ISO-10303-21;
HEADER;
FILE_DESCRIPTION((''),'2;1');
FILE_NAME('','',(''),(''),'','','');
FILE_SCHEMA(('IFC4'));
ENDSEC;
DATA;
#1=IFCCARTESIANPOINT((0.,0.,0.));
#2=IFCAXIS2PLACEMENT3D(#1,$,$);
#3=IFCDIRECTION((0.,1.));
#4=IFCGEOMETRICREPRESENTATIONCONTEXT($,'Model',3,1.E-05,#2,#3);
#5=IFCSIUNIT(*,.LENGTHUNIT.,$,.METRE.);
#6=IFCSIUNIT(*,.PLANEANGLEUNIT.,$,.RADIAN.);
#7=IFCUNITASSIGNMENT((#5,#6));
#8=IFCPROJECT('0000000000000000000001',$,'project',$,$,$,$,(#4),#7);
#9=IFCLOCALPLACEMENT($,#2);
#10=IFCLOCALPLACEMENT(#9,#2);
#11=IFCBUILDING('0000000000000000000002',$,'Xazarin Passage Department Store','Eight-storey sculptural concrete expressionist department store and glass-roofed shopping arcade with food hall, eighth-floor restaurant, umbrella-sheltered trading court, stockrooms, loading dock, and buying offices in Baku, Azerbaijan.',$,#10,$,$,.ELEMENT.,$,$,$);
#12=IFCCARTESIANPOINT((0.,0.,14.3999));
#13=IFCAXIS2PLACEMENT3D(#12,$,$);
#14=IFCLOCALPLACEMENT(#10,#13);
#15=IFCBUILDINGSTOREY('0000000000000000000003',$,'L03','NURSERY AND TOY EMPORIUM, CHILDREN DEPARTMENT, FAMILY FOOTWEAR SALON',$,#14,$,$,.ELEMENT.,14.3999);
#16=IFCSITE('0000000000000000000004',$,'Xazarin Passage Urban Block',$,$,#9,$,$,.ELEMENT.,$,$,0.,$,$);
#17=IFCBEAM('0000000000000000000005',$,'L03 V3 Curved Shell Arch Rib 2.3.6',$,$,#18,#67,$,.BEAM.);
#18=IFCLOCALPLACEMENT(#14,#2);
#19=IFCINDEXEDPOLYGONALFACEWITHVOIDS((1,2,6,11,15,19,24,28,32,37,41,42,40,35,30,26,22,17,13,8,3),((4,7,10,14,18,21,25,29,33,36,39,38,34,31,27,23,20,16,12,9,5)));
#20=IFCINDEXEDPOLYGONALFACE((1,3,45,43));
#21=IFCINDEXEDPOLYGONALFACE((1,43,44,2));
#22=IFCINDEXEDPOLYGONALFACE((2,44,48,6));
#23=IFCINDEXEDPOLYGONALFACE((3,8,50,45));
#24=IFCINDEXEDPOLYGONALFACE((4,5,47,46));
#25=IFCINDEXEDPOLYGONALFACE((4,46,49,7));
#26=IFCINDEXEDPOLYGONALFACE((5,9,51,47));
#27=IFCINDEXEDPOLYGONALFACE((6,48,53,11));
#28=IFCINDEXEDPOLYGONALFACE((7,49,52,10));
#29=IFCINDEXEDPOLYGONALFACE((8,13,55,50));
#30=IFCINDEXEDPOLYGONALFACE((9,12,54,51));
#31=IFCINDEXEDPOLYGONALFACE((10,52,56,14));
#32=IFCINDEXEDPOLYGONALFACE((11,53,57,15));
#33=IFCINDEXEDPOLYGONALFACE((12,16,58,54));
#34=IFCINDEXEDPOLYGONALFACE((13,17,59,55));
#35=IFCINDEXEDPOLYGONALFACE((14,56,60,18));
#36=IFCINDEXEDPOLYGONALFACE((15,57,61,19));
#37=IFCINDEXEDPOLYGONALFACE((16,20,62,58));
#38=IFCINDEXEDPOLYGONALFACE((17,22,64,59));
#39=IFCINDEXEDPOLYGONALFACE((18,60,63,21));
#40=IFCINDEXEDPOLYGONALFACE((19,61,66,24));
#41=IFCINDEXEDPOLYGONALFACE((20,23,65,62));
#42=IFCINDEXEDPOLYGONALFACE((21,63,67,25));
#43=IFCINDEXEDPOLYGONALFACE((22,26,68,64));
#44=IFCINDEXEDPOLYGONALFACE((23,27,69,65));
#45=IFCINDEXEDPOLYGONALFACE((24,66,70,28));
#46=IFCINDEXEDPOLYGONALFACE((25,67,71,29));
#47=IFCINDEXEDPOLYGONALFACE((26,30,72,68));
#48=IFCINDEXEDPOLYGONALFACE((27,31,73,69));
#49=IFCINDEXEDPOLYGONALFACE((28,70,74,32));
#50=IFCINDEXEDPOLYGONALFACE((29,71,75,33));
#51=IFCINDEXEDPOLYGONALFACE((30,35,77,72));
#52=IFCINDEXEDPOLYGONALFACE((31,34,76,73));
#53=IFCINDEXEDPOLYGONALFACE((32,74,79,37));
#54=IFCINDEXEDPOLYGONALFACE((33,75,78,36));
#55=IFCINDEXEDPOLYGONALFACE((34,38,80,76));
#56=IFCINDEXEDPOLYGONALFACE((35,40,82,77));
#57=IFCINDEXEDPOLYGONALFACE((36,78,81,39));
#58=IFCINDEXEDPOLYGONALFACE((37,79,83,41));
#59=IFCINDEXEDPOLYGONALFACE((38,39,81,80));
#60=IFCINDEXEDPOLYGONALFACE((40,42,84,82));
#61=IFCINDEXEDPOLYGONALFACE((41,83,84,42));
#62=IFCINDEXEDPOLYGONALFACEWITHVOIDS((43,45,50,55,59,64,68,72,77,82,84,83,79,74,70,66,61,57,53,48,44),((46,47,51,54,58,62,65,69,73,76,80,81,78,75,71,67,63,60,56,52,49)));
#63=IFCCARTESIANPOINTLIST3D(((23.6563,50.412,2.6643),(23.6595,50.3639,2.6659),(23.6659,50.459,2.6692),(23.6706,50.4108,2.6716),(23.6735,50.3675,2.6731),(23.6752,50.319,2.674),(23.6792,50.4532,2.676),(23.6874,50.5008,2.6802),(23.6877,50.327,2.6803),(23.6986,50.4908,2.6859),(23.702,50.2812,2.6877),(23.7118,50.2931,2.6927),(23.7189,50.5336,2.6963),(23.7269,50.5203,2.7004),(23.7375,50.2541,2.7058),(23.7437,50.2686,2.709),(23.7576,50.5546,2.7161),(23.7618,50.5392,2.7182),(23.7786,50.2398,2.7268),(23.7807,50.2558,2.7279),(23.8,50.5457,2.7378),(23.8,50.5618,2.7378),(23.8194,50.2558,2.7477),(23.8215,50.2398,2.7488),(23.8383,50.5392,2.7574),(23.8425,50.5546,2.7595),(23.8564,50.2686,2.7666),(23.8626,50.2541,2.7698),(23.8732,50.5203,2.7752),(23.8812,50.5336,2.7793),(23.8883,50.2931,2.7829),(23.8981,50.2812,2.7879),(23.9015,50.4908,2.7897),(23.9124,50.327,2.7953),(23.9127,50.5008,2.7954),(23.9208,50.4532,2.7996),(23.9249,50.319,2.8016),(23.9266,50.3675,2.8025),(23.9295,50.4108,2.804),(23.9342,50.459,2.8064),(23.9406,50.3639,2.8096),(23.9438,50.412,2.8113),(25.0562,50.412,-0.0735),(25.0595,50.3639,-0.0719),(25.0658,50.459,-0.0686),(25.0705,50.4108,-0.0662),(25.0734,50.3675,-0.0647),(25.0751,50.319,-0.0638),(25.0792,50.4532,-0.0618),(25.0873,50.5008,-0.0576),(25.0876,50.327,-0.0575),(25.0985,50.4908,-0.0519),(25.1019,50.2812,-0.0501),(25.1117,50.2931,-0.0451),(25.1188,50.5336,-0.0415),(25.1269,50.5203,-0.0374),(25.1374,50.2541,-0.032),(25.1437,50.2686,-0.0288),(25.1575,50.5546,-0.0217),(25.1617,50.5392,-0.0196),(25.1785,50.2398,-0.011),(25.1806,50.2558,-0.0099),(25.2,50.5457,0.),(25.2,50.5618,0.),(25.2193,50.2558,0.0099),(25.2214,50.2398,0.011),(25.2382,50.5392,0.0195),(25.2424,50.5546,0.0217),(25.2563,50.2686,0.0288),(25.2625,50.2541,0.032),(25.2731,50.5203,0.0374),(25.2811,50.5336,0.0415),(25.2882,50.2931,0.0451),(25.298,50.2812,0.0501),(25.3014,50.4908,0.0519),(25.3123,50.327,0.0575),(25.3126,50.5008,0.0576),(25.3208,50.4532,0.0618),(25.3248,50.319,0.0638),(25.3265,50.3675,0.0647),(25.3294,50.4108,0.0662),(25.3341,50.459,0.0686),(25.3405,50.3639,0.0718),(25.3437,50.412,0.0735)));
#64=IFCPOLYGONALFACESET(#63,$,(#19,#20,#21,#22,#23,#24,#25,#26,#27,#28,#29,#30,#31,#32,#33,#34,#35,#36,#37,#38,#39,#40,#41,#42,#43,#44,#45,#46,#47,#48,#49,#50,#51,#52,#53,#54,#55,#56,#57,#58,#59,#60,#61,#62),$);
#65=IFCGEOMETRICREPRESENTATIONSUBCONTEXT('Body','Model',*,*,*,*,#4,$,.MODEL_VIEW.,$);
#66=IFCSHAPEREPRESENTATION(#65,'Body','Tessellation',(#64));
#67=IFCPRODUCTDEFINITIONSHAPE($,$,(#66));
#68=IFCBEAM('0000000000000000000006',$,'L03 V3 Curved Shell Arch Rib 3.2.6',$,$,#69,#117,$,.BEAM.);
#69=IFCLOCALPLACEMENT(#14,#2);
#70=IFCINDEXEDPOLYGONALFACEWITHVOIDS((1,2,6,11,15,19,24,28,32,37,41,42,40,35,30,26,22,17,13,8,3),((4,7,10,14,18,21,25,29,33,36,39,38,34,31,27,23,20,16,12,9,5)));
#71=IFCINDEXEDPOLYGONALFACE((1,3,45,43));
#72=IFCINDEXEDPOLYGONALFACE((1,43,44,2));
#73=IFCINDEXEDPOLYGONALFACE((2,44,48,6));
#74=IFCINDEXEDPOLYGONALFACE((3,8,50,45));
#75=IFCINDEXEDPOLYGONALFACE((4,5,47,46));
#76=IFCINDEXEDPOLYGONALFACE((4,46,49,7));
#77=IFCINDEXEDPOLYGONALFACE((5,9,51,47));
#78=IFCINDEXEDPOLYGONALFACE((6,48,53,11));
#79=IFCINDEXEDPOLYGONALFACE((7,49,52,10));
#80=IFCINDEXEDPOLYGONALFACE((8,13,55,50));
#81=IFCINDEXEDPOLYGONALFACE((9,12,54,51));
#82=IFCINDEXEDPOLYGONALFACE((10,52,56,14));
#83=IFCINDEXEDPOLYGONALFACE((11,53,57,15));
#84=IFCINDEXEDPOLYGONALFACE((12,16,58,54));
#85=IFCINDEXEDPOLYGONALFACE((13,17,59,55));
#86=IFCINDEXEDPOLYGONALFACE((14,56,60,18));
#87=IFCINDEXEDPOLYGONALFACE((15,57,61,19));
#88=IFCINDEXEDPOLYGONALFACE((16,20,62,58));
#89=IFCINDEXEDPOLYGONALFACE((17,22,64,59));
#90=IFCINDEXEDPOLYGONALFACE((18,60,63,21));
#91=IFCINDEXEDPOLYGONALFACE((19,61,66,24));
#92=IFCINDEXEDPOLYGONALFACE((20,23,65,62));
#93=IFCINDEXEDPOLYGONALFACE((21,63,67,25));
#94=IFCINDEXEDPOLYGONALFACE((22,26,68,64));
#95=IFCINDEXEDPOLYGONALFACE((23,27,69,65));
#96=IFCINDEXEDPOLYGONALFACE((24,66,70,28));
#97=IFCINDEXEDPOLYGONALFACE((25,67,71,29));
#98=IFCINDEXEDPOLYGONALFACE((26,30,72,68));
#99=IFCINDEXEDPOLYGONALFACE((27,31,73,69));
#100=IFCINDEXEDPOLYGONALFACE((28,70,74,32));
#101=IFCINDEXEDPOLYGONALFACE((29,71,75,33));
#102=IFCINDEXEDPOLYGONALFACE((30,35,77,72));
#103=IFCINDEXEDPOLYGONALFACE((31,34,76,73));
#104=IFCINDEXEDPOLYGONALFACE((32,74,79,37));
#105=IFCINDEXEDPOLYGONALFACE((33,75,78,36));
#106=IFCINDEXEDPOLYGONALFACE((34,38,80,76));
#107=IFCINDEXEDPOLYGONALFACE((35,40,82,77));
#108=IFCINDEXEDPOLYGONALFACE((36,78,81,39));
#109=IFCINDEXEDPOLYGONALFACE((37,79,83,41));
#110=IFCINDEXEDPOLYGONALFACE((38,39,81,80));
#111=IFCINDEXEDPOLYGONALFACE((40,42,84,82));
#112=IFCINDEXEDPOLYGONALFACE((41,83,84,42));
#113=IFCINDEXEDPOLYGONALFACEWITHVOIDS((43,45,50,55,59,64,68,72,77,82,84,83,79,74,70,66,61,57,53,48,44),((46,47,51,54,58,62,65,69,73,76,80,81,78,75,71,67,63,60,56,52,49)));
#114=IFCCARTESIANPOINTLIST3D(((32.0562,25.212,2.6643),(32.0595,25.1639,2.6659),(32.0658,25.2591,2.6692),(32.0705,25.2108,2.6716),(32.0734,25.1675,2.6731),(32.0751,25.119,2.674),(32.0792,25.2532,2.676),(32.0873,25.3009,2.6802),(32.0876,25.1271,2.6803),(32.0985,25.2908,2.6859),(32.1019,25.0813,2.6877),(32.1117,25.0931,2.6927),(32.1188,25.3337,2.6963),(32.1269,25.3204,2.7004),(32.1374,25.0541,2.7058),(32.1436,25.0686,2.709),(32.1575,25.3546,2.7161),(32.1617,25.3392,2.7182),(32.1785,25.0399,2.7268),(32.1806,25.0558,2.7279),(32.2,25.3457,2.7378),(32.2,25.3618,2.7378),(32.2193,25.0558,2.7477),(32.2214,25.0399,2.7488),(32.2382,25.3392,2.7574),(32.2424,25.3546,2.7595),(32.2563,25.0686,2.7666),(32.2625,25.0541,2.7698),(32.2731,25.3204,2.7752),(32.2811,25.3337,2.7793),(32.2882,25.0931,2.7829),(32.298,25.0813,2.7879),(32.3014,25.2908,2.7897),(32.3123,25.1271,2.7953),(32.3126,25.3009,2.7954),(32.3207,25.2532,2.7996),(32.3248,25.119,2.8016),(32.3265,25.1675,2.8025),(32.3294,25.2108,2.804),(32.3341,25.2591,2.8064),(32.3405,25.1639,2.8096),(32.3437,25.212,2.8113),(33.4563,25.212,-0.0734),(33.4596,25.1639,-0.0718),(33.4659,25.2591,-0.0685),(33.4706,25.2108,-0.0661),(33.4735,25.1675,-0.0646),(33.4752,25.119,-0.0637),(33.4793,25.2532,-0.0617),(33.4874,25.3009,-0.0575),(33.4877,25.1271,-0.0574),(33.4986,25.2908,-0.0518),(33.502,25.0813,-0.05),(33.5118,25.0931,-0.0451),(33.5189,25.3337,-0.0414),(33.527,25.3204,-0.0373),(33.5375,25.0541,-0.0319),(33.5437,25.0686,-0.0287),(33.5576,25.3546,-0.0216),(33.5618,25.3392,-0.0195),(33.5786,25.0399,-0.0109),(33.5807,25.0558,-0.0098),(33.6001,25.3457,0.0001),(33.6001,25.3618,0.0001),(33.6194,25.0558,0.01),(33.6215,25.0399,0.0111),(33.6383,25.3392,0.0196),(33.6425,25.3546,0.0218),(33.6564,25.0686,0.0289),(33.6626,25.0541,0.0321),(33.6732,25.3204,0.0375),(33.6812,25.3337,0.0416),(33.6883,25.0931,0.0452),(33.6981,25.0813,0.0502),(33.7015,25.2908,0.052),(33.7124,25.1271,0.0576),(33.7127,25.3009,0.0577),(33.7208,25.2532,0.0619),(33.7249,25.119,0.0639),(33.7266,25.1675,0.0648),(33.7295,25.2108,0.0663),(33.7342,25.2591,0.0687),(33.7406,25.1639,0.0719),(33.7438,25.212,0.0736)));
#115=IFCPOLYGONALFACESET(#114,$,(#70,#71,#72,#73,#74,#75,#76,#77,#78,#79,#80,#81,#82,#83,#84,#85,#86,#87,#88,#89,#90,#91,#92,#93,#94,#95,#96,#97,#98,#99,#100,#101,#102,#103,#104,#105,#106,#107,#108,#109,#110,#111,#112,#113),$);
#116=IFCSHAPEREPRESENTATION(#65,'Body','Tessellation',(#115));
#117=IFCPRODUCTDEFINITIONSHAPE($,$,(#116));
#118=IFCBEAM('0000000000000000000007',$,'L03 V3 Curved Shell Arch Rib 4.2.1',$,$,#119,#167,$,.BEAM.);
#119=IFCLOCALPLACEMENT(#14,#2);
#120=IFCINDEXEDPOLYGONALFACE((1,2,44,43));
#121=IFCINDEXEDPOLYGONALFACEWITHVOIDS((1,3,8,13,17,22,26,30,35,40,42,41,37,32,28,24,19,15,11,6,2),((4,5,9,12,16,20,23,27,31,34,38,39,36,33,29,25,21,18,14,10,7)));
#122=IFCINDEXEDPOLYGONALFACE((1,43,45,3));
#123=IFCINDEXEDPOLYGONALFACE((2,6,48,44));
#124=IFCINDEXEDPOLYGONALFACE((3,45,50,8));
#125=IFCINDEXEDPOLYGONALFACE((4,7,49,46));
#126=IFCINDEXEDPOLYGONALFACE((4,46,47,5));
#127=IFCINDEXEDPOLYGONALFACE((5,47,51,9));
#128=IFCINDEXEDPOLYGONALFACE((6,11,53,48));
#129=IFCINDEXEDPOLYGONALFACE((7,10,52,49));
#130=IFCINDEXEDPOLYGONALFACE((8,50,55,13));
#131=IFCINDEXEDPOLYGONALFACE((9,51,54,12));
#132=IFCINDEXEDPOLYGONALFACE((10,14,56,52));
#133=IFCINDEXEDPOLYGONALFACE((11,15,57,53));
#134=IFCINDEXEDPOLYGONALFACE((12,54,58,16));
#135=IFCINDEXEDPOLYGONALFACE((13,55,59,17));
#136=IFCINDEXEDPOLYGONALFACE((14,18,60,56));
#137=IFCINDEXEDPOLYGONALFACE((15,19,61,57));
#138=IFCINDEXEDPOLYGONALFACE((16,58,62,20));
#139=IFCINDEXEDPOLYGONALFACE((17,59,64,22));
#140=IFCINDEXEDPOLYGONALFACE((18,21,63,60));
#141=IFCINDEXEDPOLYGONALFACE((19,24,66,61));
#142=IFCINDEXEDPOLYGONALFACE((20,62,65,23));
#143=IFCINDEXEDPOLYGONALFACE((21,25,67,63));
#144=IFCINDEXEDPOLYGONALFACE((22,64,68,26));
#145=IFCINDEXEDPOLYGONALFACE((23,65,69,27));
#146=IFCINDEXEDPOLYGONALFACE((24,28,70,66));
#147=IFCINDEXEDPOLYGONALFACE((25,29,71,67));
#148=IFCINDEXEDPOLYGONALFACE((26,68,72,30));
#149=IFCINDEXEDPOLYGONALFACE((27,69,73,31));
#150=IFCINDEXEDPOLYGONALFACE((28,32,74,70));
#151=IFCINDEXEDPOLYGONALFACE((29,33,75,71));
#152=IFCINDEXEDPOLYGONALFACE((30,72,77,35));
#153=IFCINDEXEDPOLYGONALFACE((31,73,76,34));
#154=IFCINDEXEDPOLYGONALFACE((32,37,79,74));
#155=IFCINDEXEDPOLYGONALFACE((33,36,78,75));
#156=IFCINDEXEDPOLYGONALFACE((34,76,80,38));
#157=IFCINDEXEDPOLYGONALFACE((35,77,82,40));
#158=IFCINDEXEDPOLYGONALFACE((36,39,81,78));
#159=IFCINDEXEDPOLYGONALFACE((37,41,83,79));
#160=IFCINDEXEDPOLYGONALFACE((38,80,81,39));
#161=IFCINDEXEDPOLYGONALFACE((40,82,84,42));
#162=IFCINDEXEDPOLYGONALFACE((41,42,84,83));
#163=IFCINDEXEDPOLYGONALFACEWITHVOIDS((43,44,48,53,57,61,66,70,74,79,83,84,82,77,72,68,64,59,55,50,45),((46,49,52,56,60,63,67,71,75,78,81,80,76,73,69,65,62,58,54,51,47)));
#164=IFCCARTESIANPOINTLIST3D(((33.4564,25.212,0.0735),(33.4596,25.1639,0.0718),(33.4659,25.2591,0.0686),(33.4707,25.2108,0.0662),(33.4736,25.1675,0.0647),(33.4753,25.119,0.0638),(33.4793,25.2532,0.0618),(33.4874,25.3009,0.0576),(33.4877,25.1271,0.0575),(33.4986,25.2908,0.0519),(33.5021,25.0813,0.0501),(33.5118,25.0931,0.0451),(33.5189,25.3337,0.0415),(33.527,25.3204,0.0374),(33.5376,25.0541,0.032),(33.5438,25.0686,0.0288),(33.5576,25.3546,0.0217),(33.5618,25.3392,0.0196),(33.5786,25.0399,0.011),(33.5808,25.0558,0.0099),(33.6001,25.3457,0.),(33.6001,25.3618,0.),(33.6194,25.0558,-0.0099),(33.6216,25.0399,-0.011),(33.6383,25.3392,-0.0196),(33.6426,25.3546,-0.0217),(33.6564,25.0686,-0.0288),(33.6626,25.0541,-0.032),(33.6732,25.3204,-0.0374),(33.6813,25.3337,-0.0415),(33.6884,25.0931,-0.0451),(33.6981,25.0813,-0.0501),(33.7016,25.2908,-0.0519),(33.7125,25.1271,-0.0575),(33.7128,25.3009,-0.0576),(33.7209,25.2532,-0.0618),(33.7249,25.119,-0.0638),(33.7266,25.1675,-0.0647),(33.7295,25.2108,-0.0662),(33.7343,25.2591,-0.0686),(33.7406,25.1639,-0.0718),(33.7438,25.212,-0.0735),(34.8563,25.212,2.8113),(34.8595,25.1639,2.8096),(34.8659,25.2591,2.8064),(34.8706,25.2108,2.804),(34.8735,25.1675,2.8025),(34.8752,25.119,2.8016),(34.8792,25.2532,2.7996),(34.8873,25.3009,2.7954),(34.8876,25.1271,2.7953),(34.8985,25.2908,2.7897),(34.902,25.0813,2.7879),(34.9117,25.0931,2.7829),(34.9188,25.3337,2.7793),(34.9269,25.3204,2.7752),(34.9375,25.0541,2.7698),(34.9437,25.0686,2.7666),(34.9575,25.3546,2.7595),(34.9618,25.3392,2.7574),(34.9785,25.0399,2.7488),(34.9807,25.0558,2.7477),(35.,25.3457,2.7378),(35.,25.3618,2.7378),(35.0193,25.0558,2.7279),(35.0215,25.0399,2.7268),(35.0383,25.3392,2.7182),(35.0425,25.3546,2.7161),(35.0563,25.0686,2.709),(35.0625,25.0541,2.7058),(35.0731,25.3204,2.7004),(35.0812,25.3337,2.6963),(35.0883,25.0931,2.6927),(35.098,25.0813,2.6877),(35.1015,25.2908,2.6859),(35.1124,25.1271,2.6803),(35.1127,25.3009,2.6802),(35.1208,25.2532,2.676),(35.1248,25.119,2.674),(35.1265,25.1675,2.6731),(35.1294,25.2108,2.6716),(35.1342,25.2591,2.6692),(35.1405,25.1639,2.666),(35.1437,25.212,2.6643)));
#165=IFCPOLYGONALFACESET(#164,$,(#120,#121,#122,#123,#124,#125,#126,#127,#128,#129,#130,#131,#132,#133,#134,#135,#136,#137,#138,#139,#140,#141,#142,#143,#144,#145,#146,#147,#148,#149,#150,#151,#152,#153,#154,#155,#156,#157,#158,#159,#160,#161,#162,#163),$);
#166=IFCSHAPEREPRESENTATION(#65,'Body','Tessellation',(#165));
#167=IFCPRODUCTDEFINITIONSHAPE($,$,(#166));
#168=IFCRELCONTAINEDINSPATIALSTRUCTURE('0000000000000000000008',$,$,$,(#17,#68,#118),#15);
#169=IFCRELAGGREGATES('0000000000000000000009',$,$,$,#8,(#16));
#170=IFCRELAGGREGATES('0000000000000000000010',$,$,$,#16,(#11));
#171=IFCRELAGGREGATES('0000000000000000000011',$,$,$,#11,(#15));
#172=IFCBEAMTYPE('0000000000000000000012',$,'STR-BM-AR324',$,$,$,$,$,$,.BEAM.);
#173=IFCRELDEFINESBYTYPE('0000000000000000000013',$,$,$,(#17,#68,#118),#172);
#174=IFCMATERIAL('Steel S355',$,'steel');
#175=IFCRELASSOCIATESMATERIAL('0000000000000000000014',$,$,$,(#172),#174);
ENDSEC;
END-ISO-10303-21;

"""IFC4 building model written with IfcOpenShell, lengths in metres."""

from ifc_helpers import new_model, si_unit, direction, frame, origin, origin_2d, place, context, subcontext, project, spatial, hollow_circle, extrude, material, material_profile, profile_set, type_object, element, save


model = new_model("IFC4")

# Units and contexts
model_context = context("Model", 3, precision=1e-05, world=origin(), true_north=direction((0.0, 1.0)))
body_context = subcontext(model_context, "Body", "Model", "MODEL_VIEW")
ifc_project = project(units=[si_unit("LENGTHUNIT", "METRE"), si_unit("PLANEANGLEUNIT", "RADIAN")], contexts=[model_context])

# Site, building, storey
site_placement = place(None, origin())
site = spatial("IfcSite", under=ifc_project, at=site_placement, Name="Xazarin Passage Urban Block", CompositionType="ELEMENT", RefElevation=0.0)
building_placement = place(site_placement, origin())
building = spatial("IfcBuilding", under=site, at=building_placement, Name="Xazarin Passage Department Store", Description="Eight-storey sculptural concrete expressionist department store and glass-roofed shopping arcade with food hall, eighth-floor restaurant, umbrella-sheltered trading court, stockrooms, loading dock, and buying offices in Baku, Azerbaijan.", CompositionType="ELEMENT")
storey_placement = place(building_placement, frame((0.0, 0.0, 14.3999)))
storey = spatial("IfcBuildingStorey", under=building, at=storey_placement, Name="L03", Description="NURSERY AND TOY EMPORIUM, CHILDREN DEPARTMENT, FAMILY FOOTWEAR SALON", CompositionType="ELEMENT", Elevation=14.3999)

# Beams
ifc_material_1 = material(Name="Steel S355", Category="steel")
ifc_material_profile_1 = material_profile(ifc_material_1, hollow_circle(Radius=0.1619, WallThickness=0.0161, at=origin_2d()), Name="CHS 323.9x16")
ifc_profile_set_1 = profile_set([ifc_material_profile_1], Name="Steel S355")
beam_type_1 = type_object("IfcBeamType", Name="STR-BM-AR324", PredefinedType="BEAM", material=ifc_profile_set_1)
for number, where, z_axis, x_axis, name in (
    (1, (23.8, 50.3999, 2.7378), (0.455262, 0.0, -0.890357), (0.0, 1.0, 0.0), "L03 V3 Curved Shell Arch Rib 2.3.6"),
    (2, (32.2, 25.2, 2.7378), (0.455325, 0.0, -0.890325), (0.0, 1.0, 0.0), "L03 V3 Curved Shell Arch Rib 3.2.6"),
    (3, (33.6001, 25.2, 0.0), (0.455262, 0.0, 0.890357), (0.0, 1.0, 0.0), "L03 V3 Curved Shell Arch Rib 4.2.1"),
):
    element("IfcBeam", number, at=place(storey_placement, frame(where, z_axis=z_axis, x_axis=x_axis)), inside=storey, type_object=beam_type_1, Name=name, PredefinedType="BEAM", context=body_context, shape_type="SweptSolid", body=[
        extrude(hollow_circle(Radius=0.1619, WallThickness=0.0161, at=origin_2d()), origin(), (0.0, 0.0, 1.0), 3.075),
    ])

save(model, "model.ifc")
